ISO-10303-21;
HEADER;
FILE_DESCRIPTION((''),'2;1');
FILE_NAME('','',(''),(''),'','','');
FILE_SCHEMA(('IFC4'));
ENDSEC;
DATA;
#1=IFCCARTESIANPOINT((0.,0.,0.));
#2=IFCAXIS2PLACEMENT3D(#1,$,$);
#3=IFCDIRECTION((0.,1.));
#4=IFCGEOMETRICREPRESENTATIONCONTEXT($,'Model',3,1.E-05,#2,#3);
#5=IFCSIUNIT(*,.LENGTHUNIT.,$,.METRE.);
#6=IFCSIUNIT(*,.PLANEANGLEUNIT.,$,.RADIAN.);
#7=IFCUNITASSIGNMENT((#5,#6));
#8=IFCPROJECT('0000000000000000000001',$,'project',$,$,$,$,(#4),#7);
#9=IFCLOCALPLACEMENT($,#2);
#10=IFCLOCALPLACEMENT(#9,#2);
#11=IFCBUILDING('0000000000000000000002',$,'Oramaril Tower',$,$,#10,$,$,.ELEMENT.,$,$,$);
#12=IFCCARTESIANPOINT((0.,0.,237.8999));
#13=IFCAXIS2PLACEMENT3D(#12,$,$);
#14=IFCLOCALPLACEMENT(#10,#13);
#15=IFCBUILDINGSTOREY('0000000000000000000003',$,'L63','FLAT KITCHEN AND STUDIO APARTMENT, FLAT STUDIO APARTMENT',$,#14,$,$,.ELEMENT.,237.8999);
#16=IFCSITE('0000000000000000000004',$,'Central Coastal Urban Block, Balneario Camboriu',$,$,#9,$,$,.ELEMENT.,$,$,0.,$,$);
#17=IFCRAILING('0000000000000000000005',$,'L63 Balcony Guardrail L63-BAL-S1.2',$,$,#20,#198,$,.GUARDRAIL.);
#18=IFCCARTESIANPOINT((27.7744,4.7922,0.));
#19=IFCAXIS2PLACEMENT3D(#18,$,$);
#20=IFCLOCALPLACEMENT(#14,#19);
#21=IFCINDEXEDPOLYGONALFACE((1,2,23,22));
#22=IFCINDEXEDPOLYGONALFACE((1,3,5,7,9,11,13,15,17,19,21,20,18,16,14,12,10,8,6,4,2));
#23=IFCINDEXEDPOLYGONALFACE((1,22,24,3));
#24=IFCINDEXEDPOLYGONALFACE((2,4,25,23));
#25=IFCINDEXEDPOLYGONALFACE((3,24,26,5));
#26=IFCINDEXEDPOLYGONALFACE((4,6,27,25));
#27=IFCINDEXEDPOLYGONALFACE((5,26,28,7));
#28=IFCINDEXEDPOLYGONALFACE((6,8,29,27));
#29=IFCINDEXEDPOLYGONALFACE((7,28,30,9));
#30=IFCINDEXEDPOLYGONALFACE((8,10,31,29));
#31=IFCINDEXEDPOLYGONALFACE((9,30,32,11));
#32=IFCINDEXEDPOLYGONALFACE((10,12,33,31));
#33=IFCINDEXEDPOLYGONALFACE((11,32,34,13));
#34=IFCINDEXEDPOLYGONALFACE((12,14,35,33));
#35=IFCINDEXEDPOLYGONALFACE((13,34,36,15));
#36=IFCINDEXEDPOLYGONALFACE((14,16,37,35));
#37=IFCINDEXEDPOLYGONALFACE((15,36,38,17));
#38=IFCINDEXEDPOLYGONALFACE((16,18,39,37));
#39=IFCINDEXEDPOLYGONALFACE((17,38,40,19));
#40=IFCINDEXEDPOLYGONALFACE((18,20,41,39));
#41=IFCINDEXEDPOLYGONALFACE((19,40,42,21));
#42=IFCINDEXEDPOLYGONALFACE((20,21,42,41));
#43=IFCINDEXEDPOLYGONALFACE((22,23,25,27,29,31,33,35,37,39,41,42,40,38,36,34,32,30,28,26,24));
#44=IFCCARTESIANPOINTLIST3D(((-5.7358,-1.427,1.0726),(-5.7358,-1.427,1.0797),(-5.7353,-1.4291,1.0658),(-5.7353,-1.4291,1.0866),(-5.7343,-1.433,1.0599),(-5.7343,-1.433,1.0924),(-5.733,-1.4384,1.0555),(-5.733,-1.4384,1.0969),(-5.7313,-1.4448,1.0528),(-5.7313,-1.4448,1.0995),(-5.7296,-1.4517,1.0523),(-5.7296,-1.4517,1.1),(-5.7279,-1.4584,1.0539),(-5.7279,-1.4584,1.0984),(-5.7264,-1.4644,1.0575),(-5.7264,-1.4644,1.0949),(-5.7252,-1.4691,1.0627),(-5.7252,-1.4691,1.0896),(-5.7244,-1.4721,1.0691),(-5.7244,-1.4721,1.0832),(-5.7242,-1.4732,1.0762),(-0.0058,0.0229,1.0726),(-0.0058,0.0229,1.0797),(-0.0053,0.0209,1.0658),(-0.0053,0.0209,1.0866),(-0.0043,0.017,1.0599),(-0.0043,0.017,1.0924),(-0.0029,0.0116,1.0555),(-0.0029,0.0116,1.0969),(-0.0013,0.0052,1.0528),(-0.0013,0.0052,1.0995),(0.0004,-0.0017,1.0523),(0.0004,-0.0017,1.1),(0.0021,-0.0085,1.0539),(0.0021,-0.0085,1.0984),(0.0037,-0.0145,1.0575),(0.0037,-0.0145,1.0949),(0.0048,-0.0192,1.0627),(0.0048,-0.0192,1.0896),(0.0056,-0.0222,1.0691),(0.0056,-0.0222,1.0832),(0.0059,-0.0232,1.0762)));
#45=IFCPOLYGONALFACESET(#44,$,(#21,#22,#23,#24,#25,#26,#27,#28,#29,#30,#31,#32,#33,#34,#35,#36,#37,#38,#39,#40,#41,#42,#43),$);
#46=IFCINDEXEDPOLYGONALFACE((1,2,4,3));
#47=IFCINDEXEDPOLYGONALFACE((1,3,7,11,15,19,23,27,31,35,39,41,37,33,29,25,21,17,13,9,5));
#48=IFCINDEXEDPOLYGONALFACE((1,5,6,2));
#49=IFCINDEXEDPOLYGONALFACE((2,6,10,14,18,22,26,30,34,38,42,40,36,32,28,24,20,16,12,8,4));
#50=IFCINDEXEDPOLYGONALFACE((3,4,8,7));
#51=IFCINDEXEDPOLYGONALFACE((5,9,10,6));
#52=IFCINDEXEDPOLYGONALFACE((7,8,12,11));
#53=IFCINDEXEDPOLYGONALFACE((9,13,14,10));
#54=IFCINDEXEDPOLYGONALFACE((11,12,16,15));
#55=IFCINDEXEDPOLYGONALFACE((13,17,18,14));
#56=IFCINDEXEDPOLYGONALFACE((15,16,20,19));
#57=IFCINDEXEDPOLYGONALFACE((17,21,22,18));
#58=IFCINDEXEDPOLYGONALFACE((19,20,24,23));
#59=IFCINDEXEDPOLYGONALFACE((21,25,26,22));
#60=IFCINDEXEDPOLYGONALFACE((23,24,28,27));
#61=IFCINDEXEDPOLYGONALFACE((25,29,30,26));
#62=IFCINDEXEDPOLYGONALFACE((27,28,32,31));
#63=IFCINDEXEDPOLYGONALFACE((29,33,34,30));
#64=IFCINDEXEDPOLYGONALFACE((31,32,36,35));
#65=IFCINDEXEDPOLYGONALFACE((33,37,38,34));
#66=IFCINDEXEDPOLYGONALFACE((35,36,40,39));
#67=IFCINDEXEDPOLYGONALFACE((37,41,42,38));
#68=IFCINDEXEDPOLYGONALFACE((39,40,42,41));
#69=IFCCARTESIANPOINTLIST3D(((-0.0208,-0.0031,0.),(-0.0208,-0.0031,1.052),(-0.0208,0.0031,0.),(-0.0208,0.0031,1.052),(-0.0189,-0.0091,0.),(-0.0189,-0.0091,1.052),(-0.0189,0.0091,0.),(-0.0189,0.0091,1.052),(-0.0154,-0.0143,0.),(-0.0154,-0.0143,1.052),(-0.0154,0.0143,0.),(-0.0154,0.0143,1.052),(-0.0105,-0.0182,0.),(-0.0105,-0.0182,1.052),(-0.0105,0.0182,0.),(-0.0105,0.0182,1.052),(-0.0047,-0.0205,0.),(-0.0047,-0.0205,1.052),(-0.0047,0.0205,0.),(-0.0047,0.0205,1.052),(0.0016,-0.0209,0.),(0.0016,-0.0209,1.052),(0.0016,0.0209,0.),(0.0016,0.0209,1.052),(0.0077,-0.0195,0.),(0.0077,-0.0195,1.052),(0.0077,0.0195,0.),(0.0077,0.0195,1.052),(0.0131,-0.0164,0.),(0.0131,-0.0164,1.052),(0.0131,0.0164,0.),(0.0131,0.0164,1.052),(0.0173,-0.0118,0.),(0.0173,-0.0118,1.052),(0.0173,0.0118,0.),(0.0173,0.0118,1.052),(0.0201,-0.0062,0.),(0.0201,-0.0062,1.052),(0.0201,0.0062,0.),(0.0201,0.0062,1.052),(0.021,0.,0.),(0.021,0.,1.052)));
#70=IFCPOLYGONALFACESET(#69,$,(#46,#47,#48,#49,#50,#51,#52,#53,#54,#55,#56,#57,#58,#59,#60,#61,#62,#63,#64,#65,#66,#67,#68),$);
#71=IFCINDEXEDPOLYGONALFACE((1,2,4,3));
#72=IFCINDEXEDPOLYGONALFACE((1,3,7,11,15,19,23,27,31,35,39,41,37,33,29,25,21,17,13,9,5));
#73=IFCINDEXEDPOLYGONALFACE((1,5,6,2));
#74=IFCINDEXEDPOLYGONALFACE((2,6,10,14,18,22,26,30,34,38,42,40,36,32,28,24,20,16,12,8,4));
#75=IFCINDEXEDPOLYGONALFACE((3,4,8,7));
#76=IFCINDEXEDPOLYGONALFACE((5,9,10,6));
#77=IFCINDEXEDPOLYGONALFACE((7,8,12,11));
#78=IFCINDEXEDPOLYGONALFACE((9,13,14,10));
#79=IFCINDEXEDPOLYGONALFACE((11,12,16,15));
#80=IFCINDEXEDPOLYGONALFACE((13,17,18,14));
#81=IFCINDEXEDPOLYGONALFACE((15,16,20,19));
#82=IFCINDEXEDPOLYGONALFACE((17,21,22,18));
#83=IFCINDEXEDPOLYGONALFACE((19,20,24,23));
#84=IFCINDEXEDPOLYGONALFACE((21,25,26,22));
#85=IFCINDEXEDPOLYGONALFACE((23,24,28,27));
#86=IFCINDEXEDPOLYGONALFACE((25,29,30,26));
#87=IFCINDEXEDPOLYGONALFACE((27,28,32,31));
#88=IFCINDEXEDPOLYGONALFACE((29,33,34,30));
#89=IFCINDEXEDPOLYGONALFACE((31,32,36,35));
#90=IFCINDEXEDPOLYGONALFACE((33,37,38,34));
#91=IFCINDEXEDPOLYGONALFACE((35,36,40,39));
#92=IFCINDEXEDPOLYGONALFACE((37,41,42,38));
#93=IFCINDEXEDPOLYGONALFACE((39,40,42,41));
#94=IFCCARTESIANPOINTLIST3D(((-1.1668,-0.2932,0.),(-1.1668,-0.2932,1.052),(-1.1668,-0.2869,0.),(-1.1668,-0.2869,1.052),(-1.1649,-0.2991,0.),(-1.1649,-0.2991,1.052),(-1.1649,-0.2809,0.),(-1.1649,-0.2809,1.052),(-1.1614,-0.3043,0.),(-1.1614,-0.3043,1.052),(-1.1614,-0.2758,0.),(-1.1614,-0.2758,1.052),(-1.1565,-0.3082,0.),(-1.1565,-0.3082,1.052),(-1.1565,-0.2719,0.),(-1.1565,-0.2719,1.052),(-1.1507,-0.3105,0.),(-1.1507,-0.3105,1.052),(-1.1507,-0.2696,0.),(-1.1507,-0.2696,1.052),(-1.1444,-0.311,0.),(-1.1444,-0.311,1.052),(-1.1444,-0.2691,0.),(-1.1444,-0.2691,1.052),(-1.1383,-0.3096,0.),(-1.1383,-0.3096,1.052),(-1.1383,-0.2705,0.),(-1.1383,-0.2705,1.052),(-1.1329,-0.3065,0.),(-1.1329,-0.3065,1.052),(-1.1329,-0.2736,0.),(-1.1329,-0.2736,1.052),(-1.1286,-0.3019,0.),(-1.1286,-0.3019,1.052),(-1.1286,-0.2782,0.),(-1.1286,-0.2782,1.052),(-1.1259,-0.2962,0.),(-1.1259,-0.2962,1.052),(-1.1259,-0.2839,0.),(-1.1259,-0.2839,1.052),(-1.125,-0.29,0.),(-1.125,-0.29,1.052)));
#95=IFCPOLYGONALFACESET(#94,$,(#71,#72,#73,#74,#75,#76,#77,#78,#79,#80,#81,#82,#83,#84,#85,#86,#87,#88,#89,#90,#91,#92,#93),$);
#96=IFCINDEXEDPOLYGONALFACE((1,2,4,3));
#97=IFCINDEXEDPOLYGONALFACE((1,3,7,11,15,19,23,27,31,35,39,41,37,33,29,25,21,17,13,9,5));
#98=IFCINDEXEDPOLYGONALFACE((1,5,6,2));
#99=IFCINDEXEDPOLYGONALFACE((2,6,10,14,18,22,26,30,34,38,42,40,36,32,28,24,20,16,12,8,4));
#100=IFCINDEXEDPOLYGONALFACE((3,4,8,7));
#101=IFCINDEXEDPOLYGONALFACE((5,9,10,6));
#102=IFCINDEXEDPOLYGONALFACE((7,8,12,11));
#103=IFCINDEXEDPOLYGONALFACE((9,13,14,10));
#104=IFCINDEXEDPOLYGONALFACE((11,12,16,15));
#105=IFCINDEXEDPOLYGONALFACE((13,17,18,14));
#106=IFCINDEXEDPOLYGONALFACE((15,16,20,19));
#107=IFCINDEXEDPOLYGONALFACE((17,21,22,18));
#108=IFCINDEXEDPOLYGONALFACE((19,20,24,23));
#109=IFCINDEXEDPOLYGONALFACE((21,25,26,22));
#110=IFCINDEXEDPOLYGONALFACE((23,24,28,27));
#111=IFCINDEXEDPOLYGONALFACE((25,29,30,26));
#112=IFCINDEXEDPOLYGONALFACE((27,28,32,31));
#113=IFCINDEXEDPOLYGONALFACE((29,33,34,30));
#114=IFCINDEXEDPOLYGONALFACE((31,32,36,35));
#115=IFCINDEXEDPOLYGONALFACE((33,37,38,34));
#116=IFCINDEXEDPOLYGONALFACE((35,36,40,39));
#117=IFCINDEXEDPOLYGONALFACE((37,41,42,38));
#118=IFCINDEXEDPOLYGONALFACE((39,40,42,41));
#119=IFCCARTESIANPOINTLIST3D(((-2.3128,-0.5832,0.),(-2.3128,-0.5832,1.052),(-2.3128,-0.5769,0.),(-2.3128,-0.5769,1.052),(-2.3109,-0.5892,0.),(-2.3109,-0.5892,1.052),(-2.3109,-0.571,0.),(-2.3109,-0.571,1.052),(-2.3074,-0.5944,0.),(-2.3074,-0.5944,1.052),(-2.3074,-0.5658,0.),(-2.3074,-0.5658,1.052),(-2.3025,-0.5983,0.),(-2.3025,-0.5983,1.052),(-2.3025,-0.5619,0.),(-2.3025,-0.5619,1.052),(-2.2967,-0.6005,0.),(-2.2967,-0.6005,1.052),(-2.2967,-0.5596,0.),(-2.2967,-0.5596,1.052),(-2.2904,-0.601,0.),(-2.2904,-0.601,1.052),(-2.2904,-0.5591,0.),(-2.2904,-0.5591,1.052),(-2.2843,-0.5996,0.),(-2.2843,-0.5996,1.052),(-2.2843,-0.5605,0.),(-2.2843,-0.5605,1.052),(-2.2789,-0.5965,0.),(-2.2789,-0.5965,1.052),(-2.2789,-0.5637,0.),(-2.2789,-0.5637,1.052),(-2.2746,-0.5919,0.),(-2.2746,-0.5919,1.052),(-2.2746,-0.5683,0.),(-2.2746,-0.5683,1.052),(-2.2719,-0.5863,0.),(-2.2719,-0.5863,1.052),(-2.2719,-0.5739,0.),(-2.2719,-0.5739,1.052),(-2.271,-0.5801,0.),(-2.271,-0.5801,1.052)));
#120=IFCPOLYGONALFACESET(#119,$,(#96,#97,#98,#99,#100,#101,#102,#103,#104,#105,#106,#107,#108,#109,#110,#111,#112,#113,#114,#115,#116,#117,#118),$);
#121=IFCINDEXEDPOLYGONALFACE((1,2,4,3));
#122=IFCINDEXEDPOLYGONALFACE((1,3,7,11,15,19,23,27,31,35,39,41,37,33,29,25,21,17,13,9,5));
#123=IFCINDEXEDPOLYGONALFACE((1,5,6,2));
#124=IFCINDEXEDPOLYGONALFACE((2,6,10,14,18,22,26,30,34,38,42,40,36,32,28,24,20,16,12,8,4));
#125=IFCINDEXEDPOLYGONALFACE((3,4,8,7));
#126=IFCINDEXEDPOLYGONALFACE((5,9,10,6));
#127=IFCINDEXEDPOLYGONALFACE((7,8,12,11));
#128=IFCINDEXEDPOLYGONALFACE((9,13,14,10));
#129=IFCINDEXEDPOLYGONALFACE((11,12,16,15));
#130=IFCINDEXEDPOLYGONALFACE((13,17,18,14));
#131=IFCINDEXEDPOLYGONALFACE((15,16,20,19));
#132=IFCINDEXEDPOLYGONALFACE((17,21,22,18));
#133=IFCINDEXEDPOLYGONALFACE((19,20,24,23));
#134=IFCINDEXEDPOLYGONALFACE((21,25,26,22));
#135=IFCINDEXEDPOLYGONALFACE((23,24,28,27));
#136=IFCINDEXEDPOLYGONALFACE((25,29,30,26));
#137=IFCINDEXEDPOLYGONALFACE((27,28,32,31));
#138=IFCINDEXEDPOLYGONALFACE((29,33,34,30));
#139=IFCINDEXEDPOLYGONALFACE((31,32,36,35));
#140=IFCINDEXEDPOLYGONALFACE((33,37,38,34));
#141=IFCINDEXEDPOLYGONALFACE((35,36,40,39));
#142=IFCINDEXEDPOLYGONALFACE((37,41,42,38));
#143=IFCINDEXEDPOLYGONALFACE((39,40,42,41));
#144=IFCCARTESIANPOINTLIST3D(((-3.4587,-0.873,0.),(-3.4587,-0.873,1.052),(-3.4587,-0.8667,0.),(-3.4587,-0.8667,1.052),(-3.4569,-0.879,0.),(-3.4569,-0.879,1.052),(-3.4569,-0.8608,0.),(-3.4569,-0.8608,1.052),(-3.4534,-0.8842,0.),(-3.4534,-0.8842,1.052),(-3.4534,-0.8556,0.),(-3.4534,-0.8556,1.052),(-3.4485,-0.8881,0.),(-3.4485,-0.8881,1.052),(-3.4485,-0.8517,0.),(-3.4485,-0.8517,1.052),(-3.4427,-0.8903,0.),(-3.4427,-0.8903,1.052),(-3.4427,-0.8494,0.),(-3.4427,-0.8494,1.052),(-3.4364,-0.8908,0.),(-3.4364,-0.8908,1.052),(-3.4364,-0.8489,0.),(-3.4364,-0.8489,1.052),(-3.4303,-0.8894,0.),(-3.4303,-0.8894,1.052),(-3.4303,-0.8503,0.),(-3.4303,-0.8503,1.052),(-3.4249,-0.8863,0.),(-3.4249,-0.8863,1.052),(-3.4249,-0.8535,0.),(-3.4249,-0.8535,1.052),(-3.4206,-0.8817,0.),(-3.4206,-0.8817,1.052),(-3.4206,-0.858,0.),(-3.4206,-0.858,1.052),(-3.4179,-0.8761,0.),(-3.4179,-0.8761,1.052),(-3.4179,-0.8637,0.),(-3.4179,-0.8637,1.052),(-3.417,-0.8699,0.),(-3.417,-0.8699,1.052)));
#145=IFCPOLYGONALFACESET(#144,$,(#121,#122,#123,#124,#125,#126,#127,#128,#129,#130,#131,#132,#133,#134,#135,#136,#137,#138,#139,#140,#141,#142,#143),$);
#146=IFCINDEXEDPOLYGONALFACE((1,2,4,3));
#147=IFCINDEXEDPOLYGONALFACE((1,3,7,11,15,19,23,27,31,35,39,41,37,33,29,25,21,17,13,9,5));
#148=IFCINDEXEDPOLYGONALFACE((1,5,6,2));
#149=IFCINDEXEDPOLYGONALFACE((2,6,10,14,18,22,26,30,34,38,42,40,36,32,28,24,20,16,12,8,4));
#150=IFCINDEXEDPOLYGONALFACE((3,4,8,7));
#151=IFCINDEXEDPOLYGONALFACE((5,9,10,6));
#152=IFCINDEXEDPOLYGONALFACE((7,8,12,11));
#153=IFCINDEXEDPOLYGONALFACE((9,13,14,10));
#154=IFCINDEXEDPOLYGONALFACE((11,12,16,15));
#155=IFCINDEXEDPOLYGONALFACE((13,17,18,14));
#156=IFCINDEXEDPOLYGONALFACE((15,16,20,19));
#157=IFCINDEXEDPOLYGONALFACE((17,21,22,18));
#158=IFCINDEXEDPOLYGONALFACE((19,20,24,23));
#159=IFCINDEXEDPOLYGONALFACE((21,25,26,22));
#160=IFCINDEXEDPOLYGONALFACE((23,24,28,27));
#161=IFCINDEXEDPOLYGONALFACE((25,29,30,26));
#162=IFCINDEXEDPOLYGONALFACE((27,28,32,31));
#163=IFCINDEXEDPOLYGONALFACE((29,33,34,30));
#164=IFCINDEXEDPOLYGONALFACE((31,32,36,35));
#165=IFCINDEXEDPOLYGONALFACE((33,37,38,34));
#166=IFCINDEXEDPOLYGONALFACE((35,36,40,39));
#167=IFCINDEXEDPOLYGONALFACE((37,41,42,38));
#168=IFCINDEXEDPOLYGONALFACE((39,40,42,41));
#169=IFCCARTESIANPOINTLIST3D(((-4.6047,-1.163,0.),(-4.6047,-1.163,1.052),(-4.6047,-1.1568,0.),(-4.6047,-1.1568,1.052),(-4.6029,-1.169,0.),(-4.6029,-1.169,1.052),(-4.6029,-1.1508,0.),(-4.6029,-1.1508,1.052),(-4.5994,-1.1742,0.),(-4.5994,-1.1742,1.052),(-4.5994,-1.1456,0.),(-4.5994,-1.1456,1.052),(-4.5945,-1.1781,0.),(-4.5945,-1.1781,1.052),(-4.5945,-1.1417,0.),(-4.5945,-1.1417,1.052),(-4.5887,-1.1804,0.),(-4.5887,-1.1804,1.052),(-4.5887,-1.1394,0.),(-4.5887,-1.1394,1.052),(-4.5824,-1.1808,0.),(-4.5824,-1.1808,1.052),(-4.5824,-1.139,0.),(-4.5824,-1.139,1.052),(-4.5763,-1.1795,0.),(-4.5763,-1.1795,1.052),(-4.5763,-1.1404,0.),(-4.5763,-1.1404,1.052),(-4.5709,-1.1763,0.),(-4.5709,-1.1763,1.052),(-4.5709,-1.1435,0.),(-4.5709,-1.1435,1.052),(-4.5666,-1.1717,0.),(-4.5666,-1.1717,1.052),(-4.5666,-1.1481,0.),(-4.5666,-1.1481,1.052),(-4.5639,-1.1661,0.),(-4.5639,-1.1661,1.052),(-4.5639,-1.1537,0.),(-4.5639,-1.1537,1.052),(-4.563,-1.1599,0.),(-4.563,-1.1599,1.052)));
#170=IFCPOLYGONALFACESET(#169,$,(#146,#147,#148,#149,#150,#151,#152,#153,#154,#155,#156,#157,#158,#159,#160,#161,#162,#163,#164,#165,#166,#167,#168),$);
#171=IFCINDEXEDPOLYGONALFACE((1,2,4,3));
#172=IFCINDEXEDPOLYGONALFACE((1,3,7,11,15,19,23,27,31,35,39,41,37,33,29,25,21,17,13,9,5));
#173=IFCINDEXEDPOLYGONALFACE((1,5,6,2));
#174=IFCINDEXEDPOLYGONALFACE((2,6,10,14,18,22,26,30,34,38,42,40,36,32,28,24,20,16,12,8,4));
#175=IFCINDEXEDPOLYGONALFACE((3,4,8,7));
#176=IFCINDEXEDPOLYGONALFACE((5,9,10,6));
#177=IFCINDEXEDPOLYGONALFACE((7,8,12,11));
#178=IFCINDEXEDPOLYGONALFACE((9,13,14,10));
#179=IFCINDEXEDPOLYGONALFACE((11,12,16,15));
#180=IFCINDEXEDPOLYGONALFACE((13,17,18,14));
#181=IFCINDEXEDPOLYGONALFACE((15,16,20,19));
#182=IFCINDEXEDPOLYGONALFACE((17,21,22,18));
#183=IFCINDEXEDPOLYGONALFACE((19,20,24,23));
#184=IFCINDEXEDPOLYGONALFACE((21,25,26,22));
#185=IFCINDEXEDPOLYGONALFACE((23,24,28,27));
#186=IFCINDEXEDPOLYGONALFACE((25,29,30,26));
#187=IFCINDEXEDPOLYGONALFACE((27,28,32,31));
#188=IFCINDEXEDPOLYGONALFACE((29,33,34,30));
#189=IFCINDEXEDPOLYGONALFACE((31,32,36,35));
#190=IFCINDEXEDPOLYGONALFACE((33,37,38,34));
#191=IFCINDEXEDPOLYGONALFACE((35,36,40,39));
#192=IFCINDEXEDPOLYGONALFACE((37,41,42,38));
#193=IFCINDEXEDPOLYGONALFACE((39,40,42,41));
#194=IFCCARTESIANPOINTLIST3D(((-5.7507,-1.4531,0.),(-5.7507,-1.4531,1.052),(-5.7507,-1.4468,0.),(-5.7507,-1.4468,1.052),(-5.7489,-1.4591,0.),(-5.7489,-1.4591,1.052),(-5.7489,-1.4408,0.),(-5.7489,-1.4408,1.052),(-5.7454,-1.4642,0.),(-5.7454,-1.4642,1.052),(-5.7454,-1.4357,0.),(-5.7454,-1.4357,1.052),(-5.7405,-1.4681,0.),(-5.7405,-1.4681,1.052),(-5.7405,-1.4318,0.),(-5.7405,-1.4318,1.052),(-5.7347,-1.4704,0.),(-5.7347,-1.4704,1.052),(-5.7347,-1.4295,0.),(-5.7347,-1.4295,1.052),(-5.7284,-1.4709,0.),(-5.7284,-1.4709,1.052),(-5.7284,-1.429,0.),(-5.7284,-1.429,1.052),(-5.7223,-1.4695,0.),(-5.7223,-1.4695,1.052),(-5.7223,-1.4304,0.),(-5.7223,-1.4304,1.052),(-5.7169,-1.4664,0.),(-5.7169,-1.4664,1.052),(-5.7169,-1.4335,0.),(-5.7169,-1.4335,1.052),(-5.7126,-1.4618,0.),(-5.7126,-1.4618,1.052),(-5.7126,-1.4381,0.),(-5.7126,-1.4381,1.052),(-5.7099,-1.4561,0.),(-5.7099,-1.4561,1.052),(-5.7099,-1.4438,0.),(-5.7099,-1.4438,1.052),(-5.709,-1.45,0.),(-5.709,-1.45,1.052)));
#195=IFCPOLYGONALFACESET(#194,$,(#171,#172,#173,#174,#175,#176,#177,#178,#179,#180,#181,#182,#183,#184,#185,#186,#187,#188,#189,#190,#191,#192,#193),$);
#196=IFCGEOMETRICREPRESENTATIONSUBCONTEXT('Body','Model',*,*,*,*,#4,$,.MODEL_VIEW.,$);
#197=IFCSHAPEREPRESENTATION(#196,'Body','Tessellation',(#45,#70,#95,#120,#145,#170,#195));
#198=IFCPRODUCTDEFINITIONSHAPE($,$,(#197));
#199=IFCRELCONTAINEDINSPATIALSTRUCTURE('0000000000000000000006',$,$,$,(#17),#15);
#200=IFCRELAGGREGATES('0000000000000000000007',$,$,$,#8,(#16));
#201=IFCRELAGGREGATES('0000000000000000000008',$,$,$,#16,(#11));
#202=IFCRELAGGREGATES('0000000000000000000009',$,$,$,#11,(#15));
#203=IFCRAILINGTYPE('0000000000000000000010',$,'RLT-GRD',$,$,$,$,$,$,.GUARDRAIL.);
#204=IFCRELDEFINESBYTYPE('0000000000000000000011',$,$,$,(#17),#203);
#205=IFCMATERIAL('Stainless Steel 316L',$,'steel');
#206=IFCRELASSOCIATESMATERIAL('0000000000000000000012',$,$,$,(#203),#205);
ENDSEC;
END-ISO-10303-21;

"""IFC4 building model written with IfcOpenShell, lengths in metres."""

from ifc_helpers import new_model, si_unit, direction, frame, origin, origin_2d, place, context, subcontext, project, spatial, circle, extrude, material, type_object, element, save


model = new_model("IFC4")

# Units and contexts
model_context = context("Model", 3, precision=1e-05, world=origin(), true_north=direction((0.0, 1.0)))
body_context = subcontext(model_context, "Body", "Model", "MODEL_VIEW")
ifc_project = project(units=[si_unit("LENGTHUNIT", "METRE"), si_unit("PLANEANGLEUNIT", "RADIAN")], contexts=[model_context])

# Site, building, storey
site_placement = place(None, origin())
site = spatial("IfcSite", under=ifc_project, at=site_placement, Name="Central Coastal Urban Block, Balneario Camboriu", CompositionType="ELEMENT", RefElevation=0.0)
building_placement = place(site_placement, origin())
building = spatial("IfcBuilding", under=site, at=building_placement, Name="Oramaril Tower", CompositionType="ELEMENT")
storey_placement = place(building_placement, frame((0.0, 0.0, 237.8999)))
storey = spatial("IfcBuildingStorey", under=building, at=storey_placement, Name="L63", Description="FLAT KITCHEN AND STUDIO APARTMENT, FLAT STUDIO APARTMENT", CompositionType="ELEMENT", Elevation=237.8999)

# Railing
ifc_material_1 = material(Name="Stainless Steel 316L", Category="steel")
railing_type = type_object("IfcRailingType", Name="RLT-GRD", PredefinedType="GUARDRAIL", material=ifc_material_1)
railing_1_placement = place(storey_placement, frame((27.7744, 4.7922, 0.0)))
element("IfcRailing", 1, at=railing_1_placement, inside=storey, type_object=railing_type, Name="L63 Balcony Guardrail L63-BAL-S1.2", PredefinedType="GUARDRAIL", context=body_context, shape_type="SweptSolid", body=[
    extrude(circle(Radius=0.0239, at=origin_2d()), frame((0.0, 0.0, 1.0762), z_axis=(-0.969444, -0.245314, 0.0), x_axis=(0.245314, -0.969444, 0.0)), (0.0, 0.0, 1.0), 5.9106),
    extrude(circle(Radius=0.021, at=origin_2d()), origin(), (0.0, 0.0, 1.0), 1.052),
    extrude(circle(Radius=0.021, at=origin_2d()), frame((-1.146, -0.29, 0.0)), (0.0, 0.0, 1.0), 1.052),
    extrude(circle(Radius=0.021, at=origin_2d()), frame((-2.292, -0.5801, 0.0)), (0.0, 0.0, 1.0), 1.052),
    extrude(circle(Radius=0.021, at=origin_2d()), frame((-3.438, -0.8699, 0.0)), (0.0, 0.0, 1.0), 1.052),
    extrude(circle(Radius=0.021, at=origin_2d()), frame((-4.584, -1.1599, 0.0)), (0.0, 0.0, 1.0), 1.052),
    extrude(circle(Radius=0.021, at=origin_2d()), frame((-5.73, -1.45, 0.0)), (0.0, 0.0, 1.0), 1.052),
])

save(model, "model.ifc")
